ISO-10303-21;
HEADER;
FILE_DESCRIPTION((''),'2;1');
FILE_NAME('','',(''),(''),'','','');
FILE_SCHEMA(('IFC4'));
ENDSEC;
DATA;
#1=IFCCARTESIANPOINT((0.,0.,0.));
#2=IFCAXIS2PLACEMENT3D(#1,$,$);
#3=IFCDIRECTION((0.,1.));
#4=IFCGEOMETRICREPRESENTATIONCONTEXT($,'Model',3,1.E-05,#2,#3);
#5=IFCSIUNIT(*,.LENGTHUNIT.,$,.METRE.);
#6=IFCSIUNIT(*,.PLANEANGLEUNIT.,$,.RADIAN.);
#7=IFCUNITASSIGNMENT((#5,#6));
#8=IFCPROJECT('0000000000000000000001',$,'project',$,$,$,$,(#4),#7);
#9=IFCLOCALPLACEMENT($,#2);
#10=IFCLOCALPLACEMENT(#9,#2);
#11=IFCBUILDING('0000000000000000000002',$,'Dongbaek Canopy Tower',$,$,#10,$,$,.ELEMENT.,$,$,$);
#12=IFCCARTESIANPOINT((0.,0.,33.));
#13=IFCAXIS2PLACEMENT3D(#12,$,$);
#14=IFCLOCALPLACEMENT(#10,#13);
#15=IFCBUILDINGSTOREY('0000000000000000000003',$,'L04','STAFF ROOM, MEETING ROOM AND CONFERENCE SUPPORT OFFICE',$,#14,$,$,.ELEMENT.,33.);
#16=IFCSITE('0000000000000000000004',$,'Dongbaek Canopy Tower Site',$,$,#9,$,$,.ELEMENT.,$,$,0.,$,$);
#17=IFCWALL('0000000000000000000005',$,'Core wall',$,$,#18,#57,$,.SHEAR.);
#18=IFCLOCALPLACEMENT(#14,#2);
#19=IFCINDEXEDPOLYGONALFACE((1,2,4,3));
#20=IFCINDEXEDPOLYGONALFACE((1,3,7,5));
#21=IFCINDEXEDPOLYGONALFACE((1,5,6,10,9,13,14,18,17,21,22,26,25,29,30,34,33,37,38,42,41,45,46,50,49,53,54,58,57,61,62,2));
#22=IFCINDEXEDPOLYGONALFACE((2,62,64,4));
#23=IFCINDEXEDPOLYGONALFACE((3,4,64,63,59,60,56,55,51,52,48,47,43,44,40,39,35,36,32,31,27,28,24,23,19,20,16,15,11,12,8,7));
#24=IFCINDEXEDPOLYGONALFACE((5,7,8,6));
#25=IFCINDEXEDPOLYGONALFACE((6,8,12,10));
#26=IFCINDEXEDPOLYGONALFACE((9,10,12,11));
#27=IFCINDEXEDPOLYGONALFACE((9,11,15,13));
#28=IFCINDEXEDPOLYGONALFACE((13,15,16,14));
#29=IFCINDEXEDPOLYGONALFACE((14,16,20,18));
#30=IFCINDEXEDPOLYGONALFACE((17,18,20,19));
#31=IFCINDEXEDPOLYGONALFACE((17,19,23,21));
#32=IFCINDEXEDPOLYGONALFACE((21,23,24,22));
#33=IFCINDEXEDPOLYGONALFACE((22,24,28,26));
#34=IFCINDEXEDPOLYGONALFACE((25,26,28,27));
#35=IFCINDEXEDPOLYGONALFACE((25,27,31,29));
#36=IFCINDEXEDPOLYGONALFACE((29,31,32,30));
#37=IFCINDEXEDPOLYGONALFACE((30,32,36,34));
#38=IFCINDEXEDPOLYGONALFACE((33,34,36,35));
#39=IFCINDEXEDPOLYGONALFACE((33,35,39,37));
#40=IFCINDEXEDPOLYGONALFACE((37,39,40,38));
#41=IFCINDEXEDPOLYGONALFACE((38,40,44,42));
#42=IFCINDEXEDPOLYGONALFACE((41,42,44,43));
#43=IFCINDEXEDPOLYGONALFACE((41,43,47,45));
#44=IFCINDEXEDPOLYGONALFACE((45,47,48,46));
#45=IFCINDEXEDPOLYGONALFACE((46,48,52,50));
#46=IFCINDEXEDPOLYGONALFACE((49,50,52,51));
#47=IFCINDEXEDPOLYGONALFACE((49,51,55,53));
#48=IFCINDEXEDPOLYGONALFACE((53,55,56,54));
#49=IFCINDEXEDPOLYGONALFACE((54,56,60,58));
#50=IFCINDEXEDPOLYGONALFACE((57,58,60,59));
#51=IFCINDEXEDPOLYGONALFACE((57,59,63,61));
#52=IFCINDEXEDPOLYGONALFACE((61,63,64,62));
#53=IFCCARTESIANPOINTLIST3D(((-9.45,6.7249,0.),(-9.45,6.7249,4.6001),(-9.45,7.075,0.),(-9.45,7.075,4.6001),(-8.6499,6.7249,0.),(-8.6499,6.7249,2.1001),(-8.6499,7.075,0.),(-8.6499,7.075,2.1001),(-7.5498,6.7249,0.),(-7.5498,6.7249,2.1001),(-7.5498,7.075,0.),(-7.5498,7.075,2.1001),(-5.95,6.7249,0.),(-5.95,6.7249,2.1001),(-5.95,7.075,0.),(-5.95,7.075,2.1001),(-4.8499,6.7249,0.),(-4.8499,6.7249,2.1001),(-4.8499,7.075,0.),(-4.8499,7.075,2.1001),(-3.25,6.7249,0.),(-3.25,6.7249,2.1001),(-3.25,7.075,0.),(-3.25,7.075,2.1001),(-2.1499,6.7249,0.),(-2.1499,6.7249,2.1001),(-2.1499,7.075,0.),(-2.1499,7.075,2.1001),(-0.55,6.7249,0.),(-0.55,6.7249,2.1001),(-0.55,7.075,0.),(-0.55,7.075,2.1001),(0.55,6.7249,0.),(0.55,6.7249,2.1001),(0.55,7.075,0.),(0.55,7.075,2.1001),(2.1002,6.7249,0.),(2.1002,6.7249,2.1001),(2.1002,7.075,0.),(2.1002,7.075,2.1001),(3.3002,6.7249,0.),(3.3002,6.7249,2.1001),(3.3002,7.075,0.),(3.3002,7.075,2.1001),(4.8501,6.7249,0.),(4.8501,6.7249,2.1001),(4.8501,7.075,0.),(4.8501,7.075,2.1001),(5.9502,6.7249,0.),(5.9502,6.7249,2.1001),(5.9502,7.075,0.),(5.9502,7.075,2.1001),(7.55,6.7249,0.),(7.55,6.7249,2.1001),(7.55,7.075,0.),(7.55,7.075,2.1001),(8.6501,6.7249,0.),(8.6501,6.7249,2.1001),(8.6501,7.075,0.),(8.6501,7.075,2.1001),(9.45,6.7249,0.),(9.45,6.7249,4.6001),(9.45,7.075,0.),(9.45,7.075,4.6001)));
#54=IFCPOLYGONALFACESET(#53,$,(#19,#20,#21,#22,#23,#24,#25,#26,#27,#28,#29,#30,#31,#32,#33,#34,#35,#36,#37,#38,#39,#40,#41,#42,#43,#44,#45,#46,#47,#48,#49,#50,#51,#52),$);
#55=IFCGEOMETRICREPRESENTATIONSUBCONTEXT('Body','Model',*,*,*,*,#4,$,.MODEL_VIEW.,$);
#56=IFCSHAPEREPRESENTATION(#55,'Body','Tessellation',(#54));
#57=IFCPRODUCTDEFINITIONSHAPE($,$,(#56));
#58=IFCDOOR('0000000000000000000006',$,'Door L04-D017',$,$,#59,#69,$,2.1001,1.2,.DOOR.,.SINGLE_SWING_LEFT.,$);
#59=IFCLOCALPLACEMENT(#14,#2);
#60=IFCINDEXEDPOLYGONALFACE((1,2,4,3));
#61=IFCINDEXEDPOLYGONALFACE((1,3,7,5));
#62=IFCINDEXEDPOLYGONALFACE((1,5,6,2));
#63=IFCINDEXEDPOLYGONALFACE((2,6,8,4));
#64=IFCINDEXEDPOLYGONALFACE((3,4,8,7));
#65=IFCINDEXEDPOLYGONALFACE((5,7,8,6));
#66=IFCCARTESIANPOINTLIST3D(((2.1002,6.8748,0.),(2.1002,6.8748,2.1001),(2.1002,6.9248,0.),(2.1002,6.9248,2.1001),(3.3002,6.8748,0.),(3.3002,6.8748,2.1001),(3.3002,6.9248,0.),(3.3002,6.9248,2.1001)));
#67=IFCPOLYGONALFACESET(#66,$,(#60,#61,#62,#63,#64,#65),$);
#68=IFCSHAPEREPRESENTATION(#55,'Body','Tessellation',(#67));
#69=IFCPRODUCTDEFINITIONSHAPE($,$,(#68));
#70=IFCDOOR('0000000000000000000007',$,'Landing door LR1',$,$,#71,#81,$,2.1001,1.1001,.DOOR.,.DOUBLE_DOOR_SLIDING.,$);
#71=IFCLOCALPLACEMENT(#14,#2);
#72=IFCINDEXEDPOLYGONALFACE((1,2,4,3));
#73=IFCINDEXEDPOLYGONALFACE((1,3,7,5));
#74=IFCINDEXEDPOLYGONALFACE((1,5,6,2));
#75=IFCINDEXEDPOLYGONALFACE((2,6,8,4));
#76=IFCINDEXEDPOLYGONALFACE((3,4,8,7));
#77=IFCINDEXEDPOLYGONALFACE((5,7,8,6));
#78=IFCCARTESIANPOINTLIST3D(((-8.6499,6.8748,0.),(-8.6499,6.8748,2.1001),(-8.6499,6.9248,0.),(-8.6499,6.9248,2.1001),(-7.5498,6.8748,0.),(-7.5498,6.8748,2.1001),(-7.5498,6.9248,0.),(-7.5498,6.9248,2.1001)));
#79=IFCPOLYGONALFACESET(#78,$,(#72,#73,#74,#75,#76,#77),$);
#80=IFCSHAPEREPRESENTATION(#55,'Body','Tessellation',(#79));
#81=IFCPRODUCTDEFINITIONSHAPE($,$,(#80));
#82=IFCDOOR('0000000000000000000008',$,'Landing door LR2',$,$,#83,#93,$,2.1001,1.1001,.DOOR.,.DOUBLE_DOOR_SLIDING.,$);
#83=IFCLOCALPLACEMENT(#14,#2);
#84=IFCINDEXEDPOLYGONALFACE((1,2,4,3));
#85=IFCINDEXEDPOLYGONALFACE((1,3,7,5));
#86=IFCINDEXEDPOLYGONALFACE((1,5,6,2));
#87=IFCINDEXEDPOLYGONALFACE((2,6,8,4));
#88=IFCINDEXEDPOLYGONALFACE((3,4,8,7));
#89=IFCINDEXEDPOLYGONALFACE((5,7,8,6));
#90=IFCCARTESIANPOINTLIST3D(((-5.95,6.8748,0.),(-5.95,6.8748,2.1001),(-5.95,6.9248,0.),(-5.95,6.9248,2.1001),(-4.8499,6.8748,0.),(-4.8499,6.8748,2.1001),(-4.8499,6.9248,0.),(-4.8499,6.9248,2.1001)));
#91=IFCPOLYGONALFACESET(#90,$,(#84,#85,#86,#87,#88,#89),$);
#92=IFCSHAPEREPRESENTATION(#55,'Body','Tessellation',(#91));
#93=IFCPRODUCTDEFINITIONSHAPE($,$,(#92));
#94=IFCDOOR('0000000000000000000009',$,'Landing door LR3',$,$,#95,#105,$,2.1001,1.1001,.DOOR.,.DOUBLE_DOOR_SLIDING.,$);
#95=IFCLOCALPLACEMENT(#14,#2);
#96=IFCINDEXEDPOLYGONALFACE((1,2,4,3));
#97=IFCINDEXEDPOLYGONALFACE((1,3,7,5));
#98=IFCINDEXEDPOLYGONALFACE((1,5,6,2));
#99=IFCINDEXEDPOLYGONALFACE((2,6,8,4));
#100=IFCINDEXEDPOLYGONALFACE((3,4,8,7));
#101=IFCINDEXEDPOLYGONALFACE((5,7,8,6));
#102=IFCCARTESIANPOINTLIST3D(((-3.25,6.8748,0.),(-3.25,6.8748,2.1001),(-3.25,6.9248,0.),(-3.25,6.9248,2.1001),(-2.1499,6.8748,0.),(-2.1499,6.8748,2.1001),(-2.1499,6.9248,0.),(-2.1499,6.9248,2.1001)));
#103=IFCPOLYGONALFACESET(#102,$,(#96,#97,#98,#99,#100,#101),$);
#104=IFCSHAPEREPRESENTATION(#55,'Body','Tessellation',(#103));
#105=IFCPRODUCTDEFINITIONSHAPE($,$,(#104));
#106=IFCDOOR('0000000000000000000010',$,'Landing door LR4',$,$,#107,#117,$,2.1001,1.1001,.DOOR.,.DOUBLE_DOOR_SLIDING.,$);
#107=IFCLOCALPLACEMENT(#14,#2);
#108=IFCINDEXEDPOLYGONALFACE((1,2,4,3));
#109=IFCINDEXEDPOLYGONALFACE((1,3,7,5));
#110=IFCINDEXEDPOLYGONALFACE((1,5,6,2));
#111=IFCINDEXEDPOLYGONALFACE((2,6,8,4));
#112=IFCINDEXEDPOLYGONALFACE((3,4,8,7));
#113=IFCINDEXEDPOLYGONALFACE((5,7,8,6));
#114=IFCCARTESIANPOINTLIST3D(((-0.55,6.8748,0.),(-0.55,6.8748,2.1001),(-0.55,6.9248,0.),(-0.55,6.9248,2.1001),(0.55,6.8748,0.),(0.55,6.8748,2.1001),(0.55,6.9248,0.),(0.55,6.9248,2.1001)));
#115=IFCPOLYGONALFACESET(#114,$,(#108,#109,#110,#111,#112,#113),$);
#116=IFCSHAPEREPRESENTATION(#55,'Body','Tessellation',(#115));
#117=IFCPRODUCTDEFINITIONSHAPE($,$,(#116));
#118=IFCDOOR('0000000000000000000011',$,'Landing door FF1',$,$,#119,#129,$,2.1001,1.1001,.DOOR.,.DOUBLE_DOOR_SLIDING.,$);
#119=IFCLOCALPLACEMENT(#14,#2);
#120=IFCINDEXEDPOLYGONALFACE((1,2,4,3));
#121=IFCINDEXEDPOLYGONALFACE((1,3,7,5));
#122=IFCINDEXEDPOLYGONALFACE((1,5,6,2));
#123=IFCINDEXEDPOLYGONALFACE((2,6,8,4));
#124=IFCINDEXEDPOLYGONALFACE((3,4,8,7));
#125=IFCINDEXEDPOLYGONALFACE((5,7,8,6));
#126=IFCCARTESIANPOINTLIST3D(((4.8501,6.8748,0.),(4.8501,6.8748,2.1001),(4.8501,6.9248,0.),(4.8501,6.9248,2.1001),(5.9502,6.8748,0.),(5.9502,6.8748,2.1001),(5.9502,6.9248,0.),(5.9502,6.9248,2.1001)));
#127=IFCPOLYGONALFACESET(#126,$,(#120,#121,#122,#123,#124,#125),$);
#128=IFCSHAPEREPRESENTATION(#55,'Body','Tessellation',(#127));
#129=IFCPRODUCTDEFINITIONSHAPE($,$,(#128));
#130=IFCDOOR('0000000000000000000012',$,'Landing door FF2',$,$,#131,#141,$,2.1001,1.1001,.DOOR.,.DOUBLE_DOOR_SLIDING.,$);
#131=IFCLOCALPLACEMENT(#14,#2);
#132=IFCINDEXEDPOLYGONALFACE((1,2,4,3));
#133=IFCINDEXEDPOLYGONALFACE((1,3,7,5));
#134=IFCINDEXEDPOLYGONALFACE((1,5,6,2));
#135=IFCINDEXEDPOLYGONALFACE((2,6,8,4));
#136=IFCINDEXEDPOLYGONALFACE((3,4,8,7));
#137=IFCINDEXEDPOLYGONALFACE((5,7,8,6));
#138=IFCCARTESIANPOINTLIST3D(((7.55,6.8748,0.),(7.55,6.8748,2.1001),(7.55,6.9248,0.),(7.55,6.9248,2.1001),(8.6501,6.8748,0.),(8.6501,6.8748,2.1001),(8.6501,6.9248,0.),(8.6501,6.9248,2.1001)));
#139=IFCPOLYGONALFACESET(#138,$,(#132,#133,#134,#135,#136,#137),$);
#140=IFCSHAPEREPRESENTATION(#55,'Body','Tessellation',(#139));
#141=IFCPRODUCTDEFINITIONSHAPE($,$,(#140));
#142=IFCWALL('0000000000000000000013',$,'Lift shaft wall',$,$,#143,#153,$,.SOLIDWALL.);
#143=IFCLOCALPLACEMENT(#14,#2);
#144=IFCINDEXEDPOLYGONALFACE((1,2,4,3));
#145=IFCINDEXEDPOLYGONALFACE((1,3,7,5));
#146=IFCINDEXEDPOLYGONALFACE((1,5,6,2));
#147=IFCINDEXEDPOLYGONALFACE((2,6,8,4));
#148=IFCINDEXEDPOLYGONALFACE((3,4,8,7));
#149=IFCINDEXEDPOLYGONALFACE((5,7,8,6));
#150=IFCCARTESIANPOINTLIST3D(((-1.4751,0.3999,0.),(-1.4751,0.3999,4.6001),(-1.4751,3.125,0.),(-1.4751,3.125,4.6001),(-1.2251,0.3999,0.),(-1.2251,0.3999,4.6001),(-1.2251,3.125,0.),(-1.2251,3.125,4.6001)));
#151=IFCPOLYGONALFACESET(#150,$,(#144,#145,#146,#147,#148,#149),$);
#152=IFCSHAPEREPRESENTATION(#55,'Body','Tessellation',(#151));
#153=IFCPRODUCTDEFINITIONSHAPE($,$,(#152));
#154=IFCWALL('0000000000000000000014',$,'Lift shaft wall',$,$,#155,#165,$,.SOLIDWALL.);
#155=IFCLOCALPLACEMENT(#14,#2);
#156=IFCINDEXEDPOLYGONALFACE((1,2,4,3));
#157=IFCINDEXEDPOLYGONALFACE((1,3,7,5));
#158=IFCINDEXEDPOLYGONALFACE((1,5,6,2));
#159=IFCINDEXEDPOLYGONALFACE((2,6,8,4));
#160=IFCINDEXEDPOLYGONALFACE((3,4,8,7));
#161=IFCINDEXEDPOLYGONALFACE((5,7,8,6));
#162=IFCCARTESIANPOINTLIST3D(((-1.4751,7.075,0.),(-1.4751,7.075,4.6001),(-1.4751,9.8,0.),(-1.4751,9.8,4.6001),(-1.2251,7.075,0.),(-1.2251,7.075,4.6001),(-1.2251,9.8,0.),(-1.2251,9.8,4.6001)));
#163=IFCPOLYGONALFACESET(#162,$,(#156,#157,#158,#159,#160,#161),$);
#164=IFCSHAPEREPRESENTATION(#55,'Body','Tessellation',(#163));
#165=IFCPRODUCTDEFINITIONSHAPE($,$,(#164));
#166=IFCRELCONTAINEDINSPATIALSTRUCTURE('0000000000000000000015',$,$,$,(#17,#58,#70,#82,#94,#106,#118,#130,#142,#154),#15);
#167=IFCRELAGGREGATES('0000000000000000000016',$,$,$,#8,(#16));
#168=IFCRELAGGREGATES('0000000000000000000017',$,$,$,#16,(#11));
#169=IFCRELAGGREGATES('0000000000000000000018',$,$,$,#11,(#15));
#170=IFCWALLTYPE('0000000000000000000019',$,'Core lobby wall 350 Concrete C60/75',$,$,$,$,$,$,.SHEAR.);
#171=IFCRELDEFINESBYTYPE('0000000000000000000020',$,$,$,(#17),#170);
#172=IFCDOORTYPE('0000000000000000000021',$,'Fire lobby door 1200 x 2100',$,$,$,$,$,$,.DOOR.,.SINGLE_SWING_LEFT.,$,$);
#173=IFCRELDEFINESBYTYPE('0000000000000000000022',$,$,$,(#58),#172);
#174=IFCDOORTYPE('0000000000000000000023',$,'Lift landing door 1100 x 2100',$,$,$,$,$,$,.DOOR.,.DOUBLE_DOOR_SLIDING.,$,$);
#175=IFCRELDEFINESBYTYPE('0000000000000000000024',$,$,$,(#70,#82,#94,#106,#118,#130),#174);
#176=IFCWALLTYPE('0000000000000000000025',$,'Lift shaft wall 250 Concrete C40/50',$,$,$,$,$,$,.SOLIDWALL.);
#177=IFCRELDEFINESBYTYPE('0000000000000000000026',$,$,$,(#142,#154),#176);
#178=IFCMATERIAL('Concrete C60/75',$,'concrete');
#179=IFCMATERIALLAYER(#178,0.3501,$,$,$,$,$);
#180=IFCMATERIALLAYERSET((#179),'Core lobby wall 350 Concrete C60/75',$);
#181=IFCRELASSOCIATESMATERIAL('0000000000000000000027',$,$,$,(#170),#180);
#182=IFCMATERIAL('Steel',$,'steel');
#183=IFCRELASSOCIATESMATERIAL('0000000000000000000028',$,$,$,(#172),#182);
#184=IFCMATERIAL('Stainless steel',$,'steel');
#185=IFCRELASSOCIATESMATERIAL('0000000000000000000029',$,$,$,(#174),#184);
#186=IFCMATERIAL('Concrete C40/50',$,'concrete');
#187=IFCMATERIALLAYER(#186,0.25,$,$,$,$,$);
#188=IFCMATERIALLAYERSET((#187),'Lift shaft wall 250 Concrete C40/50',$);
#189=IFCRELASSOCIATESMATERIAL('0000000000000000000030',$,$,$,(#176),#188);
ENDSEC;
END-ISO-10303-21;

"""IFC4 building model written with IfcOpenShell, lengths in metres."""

from ifc_helpers import new_model, si_unit, direction, frame, frame_2d, origin, place, context, subcontext, project, spatial, rectangle, extrude, material, layer, layer_set, type_object, element, fill, save


model = new_model("IFC4")

# Units and contexts
model_context = context("Model", 3, precision=1e-05, world=origin(), true_north=direction((0.0, 1.0)))
body_context = subcontext(model_context, "Body", "Model", "MODEL_VIEW")
ifc_project = project(units=[si_unit("LENGTHUNIT", "METRE"), si_unit("PLANEANGLEUNIT", "RADIAN")], contexts=[model_context])

# Site, building, storey
site_placement = place(None, origin())
site = spatial("IfcSite", under=ifc_project, at=site_placement, Name="Dongbaek Canopy Tower Site", CompositionType="ELEMENT", RefElevation=0.0)
building_placement = place(site_placement, origin())
building = spatial("IfcBuilding", under=site, at=building_placement, Name="Dongbaek Canopy Tower", CompositionType="ELEMENT")
storey_placement = place(building_placement, frame((0.0, 0.0, 33.0)))
storey = spatial("IfcBuildingStorey", under=building, at=storey_placement, Name="L04", Description="STAFF ROOM, MEETING ROOM AND CONFERENCE SUPPORT OFFICE", CompositionType="ELEMENT", Elevation=33.0)

# Wall, openings, doors
ifc_material_1 = material(Name="Concrete C60/75", Category="concrete")
ifc_layer_1 = layer(ifc_material_1, 0.3501)
ifc_layer_set_1 = layer_set([ifc_layer_1], Name="Core lobby wall 350 Concrete C60/75")
wall_type_1 = type_object("IfcWallType", Name="Core lobby wall 350 Concrete C60/75", PredefinedType="SHEAR", material=ifc_layer_set_1)
wall_placement = place(storey_placement, frame((-9.45, 6.8999, 0.0), z_axis=(0.0, 0.0, 1.0), x_axis=(1.0, 0.0, 0.0)))
wall = element("IfcWall", 1, at=wall_placement, inside=storey, type_object=wall_type_1, Name="Core wall", PredefinedType="SHEAR", context=body_context, shape_type="SweptSolid", body=[
    extrude(rectangle(XDim=18.8999, YDim=0.3501, at=frame_2d((9.45, 0.0))), origin(), (0.0, 0.0, 1.0), 4.6001),
])
opening_1_placement = place(wall_placement, frame((0.8, 0.0, 0.0)))
opening_1 = element("IfcOpeningElement", 2, at=opening_1_placement, cuts=wall, PredefinedType="OPENING", context=body_context, shape_type="SweptSolid", body=[
    extrude(rectangle(XDim=1.1001, YDim=2.1001, at=frame_2d((0.55, 1.05))), frame((0.0, 0.1851, 0.0), z_axis=(0.0, -1.0, 0.0), x_axis=(1.0, 0.0, 0.0)), (0.0, 0.0, 1.0), 0.3701),
])
opening_2_placement = place(wall_placement, frame((3.5, 0.0, 0.0)))
opening_2 = element("IfcOpeningElement", 3, at=opening_2_placement, cuts=wall, PredefinedType="OPENING", context=body_context, shape_type="SweptSolid", body=[
    extrude(rectangle(XDim=1.1001, YDim=2.1001, at=frame_2d((0.55, 1.05))), frame((0.0, 0.1851, 0.0), z_axis=(0.0, -1.0, 0.0), x_axis=(1.0, 0.0, 0.0)), (0.0, 0.0, 1.0), 0.3701),
])
opening_3_placement = place(wall_placement, frame((6.2, 0.0, 0.0)))
opening_3 = element("IfcOpeningElement", 4, at=opening_3_placement, cuts=wall, PredefinedType="OPENING", context=body_context, shape_type="SweptSolid", body=[
    extrude(rectangle(XDim=1.1001, YDim=2.1001, at=frame_2d((0.55, 1.05))), frame((0.0, 0.1851, 0.0), z_axis=(0.0, -1.0, 0.0), x_axis=(1.0, 0.0, 0.0)), (0.0, 0.0, 1.0), 0.3701),
])
opening_4_placement = place(wall_placement, frame((8.8999, 0.0, 0.0)))
opening_4 = element("IfcOpeningElement", 5, at=opening_4_placement, cuts=wall, PredefinedType="OPENING", context=body_context, shape_type="SweptSolid", body=[
    extrude(rectangle(XDim=1.1001, YDim=2.1001, at=frame_2d((0.55, 1.05))), frame((0.0, 0.1851, 0.0), z_axis=(0.0, -1.0, 0.0), x_axis=(1.0, 0.0, 0.0)), (0.0, 0.0, 1.0), 0.3701),
])
opening_5_placement = place(wall_placement, frame((11.55, 0.0, 0.0)))
opening_5 = element("IfcOpeningElement", 6, at=opening_5_placement, cuts=wall, PredefinedType="OPENING", context=body_context, shape_type="SweptSolid", body=[
    extrude(rectangle(XDim=1.2, YDim=2.1001, at=frame_2d((0.6001, 1.05))), frame((0.0, 0.1851, 0.0), z_axis=(0.0, -1.0, 0.0), x_axis=(1.0, 0.0, 0.0)), (0.0, 0.0, 1.0), 0.3701),
])
opening_6_placement = place(wall_placement, frame((14.3, 0.0, 0.0)))
opening_6 = element("IfcOpeningElement", 7, at=opening_6_placement, cuts=wall, PredefinedType="OPENING", context=body_context, shape_type="SweptSolid", body=[
    extrude(rectangle(XDim=1.1001, YDim=2.1001, at=frame_2d((0.55, 1.05))), frame((0.0, 0.1851, 0.0), z_axis=(0.0, -1.0, 0.0), x_axis=(1.0, 0.0, 0.0)), (0.0, 0.0, 1.0), 0.3701),
])
opening_7_placement = place(wall_placement, frame((17.0, 0.0, 0.0)))
opening_7 = element("IfcOpeningElement", 8, at=opening_7_placement, cuts=wall, PredefinedType="OPENING", context=body_context, shape_type="SweptSolid", body=[
    extrude(rectangle(XDim=1.1001, YDim=2.1001, at=frame_2d((0.55, 1.05))), frame((0.0, 0.1851, 0.0), z_axis=(0.0, -1.0, 0.0), x_axis=(1.0, 0.0, 0.0)), (0.0, 0.0, 1.0), 0.3701),
])
ifc_material_2 = material(Name="Steel", Category="steel")
door_type_1 = type_object("IfcDoorType", Name="Fire lobby door 1200 x 2100", OperationType="SINGLE_SWING_LEFT", PredefinedType="DOOR", material=ifc_material_2)
door_1_placement = place(opening_5_placement, origin())
door_1 = element("IfcDoor", 9, at=door_1_placement, inside=storey, type_object=door_type_1, Name="Door L04-D017", OperationType="SINGLE_SWING_LEFT", OverallHeight=2.1001, OverallWidth=1.2, PredefinedType="DOOR", context=body_context, shape_type="SweptSolid", body=[
    extrude(rectangle(XDim=1.2, YDim=2.1001, at=frame_2d((0.6001, 1.05))), frame((0.0, 0.0249, 0.0), z_axis=(0.0, -1.0, 0.0), x_axis=(1.0, 0.0, 0.0)), (0.0, 0.0, 1.0), 0.05),
])
fill(opening_5, door_1)
ifc_material_3 = material(Name="Stainless steel", Category="steel")
door_type_2 = type_object("IfcDoorType", Name="Lift landing door 1100 x 2100", OperationType="DOUBLE_DOOR_SLIDING", PredefinedType="DOOR", material=ifc_material_3)
door_2_placement = place(opening_1_placement, origin())
door_2 = element("IfcDoor", 10, at=door_2_placement, inside=storey, type_object=door_type_2, Name="Landing door LR1", OperationType="DOUBLE_DOOR_SLIDING", OverallHeight=2.1001, OverallWidth=1.1001, PredefinedType="DOOR", context=body_context, shape_type="SweptSolid", body=[
    extrude(rectangle(XDim=1.1001, YDim=2.1001, at=frame_2d((0.55, 1.05))), frame((0.0, 0.0249, 0.0), z_axis=(0.0, -1.0, 0.0), x_axis=(1.0, 0.0, 0.0)), (0.0, 0.0, 1.0), 0.05),
])
fill(opening_1, door_2)
door_3_placement = place(opening_2_placement, origin())
door_3 = element("IfcDoor", 11, at=door_3_placement, inside=storey, type_object=door_type_2, Name="Landing door LR2", OperationType="DOUBLE_DOOR_SLIDING", OverallHeight=2.1001, OverallWidth=1.1001, PredefinedType="DOOR", context=body_context, shape_type="SweptSolid", body=[
    extrude(rectangle(XDim=1.1001, YDim=2.1001, at=frame_2d((0.55, 1.05))), frame((0.0, 0.0249, 0.0), z_axis=(0.0, -1.0, 0.0), x_axis=(1.0, 0.0, 0.0)), (0.0, 0.0, 1.0), 0.05),
])
fill(opening_2, door_3)
door_4_placement = place(opening_3_placement, origin())
door_4 = element("IfcDoor", 12, at=door_4_placement, inside=storey, type_object=door_type_2, Name="Landing door LR3", OperationType="DOUBLE_DOOR_SLIDING", OverallHeight=2.1001, OverallWidth=1.1001, PredefinedType="DOOR", context=body_context, shape_type="SweptSolid", body=[
    extrude(rectangle(XDim=1.1001, YDim=2.1001, at=frame_2d((0.55, 1.05))), frame((0.0, 0.0249, 0.0), z_axis=(0.0, -1.0, 0.0), x_axis=(1.0, 0.0, 0.0)), (0.0, 0.0, 1.0), 0.05),
])
fill(opening_3, door_4)
door_5_placement = place(opening_4_placement, origin())
door_5 = element("IfcDoor", 13, at=door_5_placement, inside=storey, type_object=door_type_2, Name="Landing door LR4", OperationType="DOUBLE_DOOR_SLIDING", OverallHeight=2.1001, OverallWidth=1.1001, PredefinedType="DOOR", context=body_context, shape_type="SweptSolid", body=[
    extrude(rectangle(XDim=1.1001, YDim=2.1001, at=frame_2d((0.55, 1.05))), frame((0.0, 0.0249, 0.0), z_axis=(0.0, -1.0, 0.0), x_axis=(1.0, 0.0, 0.0)), (0.0, 0.0, 1.0), 0.05),
])
fill(opening_4, door_5)
door_6_placement = place(opening_6_placement, origin())
door_6 = element("IfcDoor", 14, at=door_6_placement, inside=storey, type_object=door_type_2, Name="Landing door FF1", OperationType="DOUBLE_DOOR_SLIDING", OverallHeight=2.1001, OverallWidth=1.1001, PredefinedType="DOOR", context=body_context, shape_type="SweptSolid", body=[
    extrude(rectangle(XDim=1.1001, YDim=2.1001, at=frame_2d((0.55, 1.05))), frame((0.0, 0.0249, 0.0), z_axis=(0.0, -1.0, 0.0), x_axis=(1.0, 0.0, 0.0)), (0.0, 0.0, 1.0), 0.05),
])
fill(opening_6, door_6)
door_7_placement = place(opening_7_placement, origin())
door_7 = element("IfcDoor", 15, at=door_7_placement, inside=storey, type_object=door_type_2, Name="Landing door FF2", OperationType="DOUBLE_DOOR_SLIDING", OverallHeight=2.1001, OverallWidth=1.1001, PredefinedType="DOOR", context=body_context, shape_type="SweptSolid", body=[
    extrude(rectangle(XDim=1.1001, YDim=2.1001, at=frame_2d((0.55, 1.05))), frame((0.0, 0.0249, 0.0), z_axis=(0.0, -1.0, 0.0), x_axis=(1.0, 0.0, 0.0)), (0.0, 0.0, 1.0), 0.05),
])
fill(opening_7, door_7)

# Walls
ifc_material_4 = material(Name="Concrete C40/50", Category="concrete")
ifc_layer_2 = layer(ifc_material_4, 0.25)
ifc_layer_set_2 = layer_set([ifc_layer_2], Name="Lift shaft wall 250 Concrete C40/50")
wall_type_2 = type_object("IfcWallType", Name="Lift shaft wall 250 Concrete C40/50", PredefinedType="SOLIDWALL", material=ifc_layer_set_2)
for number, where, z_axis, x_axis, name in (
    (16, (-1.3501, 0.3999, 0.0), (0.0, 0.0, 1.0), (0.0, 1.0, 0.0), "Lift shaft wall"),
    (17, (-1.3501, 7.075, 0.0), (0.0, 0.0, 1.0), (0.0, 1.0, 0.0), "Lift shaft wall"),
):
    element("IfcWall", number, at=place(storey_placement, frame(where, z_axis=z_axis, x_axis=x_axis)), inside=storey, type_object=wall_type_2, Name=name, PredefinedType="SOLIDWALL", context=body_context, shape_type="SweptSolid", body=[
        extrude(rectangle(XDim=2.7251, YDim=0.25, at=frame_2d((1.3625, 0.0))), origin(), (0.0, 0.0, 1.0), 4.6001),
    ])

save(model, "model.ifc")
